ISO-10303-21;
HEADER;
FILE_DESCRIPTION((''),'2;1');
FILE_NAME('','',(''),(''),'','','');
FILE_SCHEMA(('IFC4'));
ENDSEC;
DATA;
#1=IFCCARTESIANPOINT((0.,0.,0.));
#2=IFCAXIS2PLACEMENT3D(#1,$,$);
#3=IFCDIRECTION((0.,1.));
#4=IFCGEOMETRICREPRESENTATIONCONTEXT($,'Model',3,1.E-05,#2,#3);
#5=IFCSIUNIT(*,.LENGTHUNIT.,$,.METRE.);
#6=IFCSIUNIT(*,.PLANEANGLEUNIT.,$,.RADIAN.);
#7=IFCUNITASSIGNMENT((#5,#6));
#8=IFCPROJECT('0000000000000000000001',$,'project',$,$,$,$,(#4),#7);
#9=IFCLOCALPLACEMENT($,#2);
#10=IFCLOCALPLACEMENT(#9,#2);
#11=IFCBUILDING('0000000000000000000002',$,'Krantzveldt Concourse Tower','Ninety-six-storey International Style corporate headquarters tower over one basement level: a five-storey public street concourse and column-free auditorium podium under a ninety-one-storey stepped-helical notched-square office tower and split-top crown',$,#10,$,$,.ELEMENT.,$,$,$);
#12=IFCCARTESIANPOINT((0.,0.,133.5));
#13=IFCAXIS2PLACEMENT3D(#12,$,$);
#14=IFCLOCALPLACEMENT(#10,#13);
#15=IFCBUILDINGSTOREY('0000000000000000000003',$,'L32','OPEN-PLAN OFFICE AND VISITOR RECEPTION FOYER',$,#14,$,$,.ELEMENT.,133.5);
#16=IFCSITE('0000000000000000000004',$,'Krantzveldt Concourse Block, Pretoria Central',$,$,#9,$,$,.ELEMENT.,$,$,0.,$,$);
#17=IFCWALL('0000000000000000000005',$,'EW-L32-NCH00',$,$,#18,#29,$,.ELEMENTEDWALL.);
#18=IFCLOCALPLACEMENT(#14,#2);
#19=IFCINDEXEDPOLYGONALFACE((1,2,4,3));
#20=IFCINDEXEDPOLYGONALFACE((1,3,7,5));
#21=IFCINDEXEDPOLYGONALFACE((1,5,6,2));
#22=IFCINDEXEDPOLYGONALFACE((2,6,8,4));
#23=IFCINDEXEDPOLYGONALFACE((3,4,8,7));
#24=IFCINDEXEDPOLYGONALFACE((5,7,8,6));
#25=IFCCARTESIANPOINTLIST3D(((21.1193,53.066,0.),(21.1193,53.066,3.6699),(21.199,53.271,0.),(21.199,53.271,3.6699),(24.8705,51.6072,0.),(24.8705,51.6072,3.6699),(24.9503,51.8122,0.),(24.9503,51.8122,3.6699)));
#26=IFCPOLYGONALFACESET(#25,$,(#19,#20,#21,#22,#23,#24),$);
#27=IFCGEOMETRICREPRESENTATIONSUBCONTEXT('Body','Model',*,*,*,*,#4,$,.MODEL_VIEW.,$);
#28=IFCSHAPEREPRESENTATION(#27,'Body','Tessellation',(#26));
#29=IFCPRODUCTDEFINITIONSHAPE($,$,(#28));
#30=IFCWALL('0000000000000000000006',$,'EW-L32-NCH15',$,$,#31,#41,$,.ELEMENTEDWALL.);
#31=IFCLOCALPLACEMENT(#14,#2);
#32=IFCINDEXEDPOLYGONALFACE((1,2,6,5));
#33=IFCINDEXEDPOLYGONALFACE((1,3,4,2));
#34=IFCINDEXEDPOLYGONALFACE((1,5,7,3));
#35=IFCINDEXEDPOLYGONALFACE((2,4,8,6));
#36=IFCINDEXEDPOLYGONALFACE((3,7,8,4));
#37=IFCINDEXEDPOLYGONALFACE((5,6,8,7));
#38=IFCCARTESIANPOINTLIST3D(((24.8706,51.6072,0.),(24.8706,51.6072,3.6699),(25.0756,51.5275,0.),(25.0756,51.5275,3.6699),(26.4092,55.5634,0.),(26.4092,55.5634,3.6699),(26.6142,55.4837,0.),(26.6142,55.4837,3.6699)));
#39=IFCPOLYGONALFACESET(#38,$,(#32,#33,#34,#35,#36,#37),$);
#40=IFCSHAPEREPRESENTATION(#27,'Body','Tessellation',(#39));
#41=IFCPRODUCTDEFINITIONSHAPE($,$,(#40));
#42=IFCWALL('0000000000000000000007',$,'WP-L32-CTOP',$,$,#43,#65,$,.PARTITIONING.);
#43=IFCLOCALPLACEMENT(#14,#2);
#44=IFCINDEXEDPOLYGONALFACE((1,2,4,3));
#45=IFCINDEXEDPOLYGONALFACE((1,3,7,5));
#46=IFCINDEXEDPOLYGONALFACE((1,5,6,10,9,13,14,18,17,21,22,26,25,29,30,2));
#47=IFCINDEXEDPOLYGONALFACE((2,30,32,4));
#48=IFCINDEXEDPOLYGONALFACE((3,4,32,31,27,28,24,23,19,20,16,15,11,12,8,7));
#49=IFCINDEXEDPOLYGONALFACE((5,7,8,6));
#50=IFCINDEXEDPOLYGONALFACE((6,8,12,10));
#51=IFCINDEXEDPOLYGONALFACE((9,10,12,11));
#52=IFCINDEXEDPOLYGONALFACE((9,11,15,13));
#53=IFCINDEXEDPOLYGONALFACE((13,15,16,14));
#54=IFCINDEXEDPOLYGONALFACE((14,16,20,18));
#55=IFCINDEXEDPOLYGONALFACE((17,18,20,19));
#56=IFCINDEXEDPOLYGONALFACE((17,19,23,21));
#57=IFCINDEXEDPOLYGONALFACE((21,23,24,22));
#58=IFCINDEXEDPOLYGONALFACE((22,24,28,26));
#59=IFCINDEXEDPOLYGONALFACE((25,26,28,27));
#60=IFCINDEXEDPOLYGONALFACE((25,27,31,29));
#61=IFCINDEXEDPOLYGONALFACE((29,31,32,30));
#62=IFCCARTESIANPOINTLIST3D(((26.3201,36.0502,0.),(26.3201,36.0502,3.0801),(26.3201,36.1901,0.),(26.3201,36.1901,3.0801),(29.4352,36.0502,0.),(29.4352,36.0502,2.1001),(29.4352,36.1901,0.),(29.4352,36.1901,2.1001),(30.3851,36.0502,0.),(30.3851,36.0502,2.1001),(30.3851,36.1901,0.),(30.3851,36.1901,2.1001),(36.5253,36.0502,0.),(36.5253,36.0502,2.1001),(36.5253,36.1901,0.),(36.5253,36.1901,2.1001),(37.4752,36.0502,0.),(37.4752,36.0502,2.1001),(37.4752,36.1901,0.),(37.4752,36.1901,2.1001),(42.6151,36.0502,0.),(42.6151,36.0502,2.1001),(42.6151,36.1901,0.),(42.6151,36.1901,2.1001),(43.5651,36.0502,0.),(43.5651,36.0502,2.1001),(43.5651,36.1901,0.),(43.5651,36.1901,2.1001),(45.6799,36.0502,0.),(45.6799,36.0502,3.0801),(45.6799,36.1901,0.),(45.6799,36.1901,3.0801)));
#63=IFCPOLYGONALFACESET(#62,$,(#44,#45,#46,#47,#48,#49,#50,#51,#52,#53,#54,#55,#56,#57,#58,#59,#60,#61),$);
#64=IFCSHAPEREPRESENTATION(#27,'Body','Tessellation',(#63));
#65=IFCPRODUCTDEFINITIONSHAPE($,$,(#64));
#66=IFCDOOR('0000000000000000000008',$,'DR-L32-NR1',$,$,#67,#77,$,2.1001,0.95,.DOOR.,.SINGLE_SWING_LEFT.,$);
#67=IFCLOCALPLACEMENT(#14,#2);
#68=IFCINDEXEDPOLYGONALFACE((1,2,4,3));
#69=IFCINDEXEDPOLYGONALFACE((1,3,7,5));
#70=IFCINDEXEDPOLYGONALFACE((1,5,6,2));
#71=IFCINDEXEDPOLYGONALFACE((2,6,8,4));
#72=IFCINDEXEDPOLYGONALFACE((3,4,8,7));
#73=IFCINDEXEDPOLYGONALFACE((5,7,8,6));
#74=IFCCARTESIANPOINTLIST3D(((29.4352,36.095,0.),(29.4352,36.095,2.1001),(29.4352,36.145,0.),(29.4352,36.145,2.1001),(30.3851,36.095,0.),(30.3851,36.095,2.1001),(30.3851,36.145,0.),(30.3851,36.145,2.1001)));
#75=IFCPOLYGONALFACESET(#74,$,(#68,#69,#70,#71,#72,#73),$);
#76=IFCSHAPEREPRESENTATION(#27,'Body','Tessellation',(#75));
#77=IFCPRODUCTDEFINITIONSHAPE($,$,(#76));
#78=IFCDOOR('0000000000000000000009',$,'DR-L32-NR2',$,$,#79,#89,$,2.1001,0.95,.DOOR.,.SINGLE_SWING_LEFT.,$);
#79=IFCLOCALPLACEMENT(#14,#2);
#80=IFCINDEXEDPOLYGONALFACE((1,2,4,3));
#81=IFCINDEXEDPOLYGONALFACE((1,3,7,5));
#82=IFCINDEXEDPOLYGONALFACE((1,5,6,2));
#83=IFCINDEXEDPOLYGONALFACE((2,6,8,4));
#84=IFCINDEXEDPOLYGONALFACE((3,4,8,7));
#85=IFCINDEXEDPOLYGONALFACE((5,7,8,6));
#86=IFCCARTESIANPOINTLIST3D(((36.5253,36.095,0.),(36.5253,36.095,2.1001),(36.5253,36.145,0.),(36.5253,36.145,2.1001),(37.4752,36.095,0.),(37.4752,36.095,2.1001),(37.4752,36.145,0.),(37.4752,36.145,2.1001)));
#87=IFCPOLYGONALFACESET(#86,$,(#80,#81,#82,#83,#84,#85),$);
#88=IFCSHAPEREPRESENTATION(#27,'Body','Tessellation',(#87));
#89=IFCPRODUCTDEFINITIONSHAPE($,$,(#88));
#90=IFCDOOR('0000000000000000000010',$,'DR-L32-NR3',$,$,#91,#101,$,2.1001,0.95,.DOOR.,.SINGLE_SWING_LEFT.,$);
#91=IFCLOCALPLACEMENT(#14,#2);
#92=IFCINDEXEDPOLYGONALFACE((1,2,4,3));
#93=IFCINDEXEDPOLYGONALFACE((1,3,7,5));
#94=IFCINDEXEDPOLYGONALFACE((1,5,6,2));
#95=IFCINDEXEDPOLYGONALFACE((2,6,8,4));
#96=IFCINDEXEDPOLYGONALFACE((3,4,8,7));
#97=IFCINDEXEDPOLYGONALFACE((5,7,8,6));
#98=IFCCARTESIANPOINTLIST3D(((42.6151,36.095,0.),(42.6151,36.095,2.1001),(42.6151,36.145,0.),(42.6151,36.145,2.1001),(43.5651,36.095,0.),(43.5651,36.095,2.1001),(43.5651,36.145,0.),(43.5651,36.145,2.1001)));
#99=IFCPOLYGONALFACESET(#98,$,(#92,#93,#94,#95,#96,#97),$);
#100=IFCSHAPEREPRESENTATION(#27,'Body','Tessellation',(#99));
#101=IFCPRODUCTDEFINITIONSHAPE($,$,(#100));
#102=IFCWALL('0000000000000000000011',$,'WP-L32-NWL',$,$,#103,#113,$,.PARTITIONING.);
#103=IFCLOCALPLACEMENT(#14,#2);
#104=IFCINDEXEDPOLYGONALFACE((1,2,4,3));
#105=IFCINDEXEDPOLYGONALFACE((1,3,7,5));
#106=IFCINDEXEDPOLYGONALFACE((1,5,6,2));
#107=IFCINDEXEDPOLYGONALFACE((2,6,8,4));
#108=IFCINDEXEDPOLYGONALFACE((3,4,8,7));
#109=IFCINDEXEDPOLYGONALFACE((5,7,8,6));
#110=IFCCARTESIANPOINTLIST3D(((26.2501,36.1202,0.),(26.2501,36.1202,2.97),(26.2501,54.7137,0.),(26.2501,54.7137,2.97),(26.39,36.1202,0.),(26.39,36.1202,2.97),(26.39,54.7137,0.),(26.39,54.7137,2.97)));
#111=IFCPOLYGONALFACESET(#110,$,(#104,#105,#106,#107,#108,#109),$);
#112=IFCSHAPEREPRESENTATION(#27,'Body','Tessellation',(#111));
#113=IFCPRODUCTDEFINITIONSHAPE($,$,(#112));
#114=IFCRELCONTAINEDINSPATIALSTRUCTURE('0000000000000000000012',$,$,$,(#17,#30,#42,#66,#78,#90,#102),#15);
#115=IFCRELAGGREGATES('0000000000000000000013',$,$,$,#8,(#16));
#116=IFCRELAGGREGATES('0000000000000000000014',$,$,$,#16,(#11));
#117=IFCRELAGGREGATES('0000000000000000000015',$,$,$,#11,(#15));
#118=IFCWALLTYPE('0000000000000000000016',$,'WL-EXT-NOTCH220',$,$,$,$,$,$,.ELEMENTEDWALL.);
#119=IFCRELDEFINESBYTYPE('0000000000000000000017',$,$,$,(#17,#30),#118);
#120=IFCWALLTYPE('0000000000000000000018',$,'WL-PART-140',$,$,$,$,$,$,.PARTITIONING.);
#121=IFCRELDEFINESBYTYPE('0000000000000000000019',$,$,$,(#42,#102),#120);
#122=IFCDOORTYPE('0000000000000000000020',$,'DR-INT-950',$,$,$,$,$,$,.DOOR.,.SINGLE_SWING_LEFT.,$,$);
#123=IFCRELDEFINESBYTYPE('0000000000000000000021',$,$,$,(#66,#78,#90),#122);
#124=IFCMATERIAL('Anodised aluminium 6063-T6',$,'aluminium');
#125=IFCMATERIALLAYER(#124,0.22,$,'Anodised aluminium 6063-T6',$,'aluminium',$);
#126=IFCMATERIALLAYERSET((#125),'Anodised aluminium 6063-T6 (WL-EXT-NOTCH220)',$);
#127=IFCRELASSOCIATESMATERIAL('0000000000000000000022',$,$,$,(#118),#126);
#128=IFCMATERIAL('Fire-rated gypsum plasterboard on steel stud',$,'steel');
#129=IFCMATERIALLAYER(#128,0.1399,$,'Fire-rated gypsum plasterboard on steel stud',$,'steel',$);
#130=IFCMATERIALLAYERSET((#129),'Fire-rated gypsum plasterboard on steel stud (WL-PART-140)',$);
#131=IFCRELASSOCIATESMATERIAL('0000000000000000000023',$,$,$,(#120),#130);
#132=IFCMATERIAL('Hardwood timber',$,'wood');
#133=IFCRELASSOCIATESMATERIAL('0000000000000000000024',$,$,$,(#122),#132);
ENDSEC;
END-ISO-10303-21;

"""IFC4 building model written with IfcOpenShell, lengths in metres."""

from ifc_helpers import new_model, si_unit, direction, frame, frame_2d, origin, place, context, subcontext, project, spatial, rectangle, extrude, material, layer, layer_set, type_object, element, fill, save


model = new_model("IFC4")

# Units and contexts
model_context = context("Model", 3, precision=1e-05, world=origin(), true_north=direction((0.0, 1.0)))
body_context = subcontext(model_context, "Body", "Model", "MODEL_VIEW")
ifc_project = project(units=[si_unit("LENGTHUNIT", "METRE"), si_unit("PLANEANGLEUNIT", "RADIAN")], contexts=[model_context])

# Site, building, storey
site_placement = place(None, origin())
site = spatial("IfcSite", under=ifc_project, at=site_placement, Name="Krantzveldt Concourse Block, Pretoria Central", CompositionType="ELEMENT", RefElevation=0.0)
building_placement = place(site_placement, origin())
building = spatial("IfcBuilding", under=site, at=building_placement, Name="Krantzveldt Concourse Tower", Description="Ninety-six-storey International Style corporate headquarters tower over one basement level: a five-storey public street concourse and column-free auditorium podium under a ninety-one-storey stepped-helical notched-square office tower and split-top crown", CompositionType="ELEMENT")
storey_placement = place(building_placement, frame((0.0, 0.0, 133.5)))
storey = spatial("IfcBuildingStorey", under=building, at=storey_placement, Name="L32", Description="OPEN-PLAN OFFICE AND VISITOR RECEPTION FOYER", CompositionType="ELEMENT", Elevation=133.5)

# Shared definitions
ifc_material_1 = material(Name="Anodised aluminium 6063-T6", Category="aluminium")

# Walls
ifc_layer_1 = layer(ifc_material_1, 0.22, Name="Anodised aluminium 6063-T6", Category="aluminium")
ifc_layer_set_1 = layer_set([ifc_layer_1], Name="Anodised aluminium 6063-T6 (WL-EXT-NOTCH220)")
wall_type_1 = type_object("IfcWallType", Name="WL-EXT-NOTCH220", PredefinedType="ELEMENTEDWALL", material=ifc_layer_set_1)
wall_1_placement = place(storey_placement, frame((24.9104, 51.7097, 0.0), z_axis=(0.0, 0.0, 1.0), x_axis=(-0.93201, 0.362432, 0.0)))
element("IfcWall", 1, at=wall_1_placement, inside=storey, type_object=wall_type_1, Name="EW-L32-NCH00", PredefinedType="ELEMENTEDWALL", context=body_context, shape_type="SweptSolid", body=[
    extrude(rectangle(XDim=4.0249, YDim=0.22, at=frame_2d((2.0125, 0.0))), origin(), (0.0, 0.0, 1.0), 3.6699),
])
wall_2_placement = place(storey_placement, frame((26.5117, 55.5237, 0.0), z_axis=(0.0, 0.0, 1.0), x_axis=(-0.362449, -0.932004, 0.0)))
element("IfcWall", 2, at=wall_2_placement, inside=storey, type_object=wall_type_1, Name="EW-L32-NCH15", PredefinedType="ELEMENTEDWALL", context=body_context, shape_type="SweptSolid", body=[
    extrude(rectangle(XDim=4.2449, YDim=0.22, at=frame_2d((2.1226, 0.0))), origin(), (0.0, 0.0, 1.0), 3.6699),
])

# Wall, openings, doors
ifc_material_2 = material(Name="Fire-rated gypsum plasterboard on steel stud", Category="steel")
ifc_layer_2 = layer(ifc_material_2, 0.1399, Name="Fire-rated gypsum plasterboard on steel stud", Category="steel")
ifc_layer_set_2 = layer_set([ifc_layer_2], Name="Fire-rated gypsum plasterboard on steel stud (WL-PART-140)")
wall_type_2 = type_object("IfcWallType", Name="WL-PART-140", PredefinedType="PARTITIONING", material=ifc_layer_set_2)
wall_3_placement = place(storey_placement, frame((26.3201, 36.1201, 0.0), z_axis=(0.0, 0.0, 1.0), x_axis=(1.0, 0.0, 0.0)))
wall_3 = element("IfcWall", 3, at=wall_3_placement, inside=storey, type_object=wall_type_2, Name="WP-L32-CTOP", PredefinedType="PARTITIONING", context=body_context, shape_type="SweptSolid", body=[
    extrude(rectangle(XDim=19.3599, YDim=0.1399, at=frame_2d((9.6799, 0.0))), origin(), (0.0, 0.0, 1.0), 3.0801),
])
opening_1_placement = place(wall_3_placement, frame((3.115, 0.0, 0.0)))
opening_1 = element("IfcOpeningElement", 4, at=opening_1_placement, cuts=wall_3, PredefinedType="OPENING", context=body_context, shape_type="SweptSolid", body=[
    extrude(rectangle(XDim=0.95, YDim=2.1001, at=frame_2d((0.4751, 1.05))), frame((0.0, 0.0801, 0.0), z_axis=(0.0, -1.0, 0.0), x_axis=(1.0, 0.0, 0.0)), (0.0, 0.0, 1.0), 0.1599),
])
opening_2_placement = place(wall_3_placement, frame((10.2051, 0.0, 0.0)))
opening_2 = element("IfcOpeningElement", 5, at=opening_2_placement, cuts=wall_3, PredefinedType="OPENING", context=body_context, shape_type="SweptSolid", body=[
    extrude(rectangle(XDim=0.95, YDim=2.1001, at=frame_2d((0.4751, 1.05))), frame((0.0, 0.0801, 0.0), z_axis=(0.0, -1.0, 0.0), x_axis=(1.0, 0.0, 0.0)), (0.0, 0.0, 1.0), 0.1599),
])
opening_3_placement = place(wall_3_placement, frame((16.2949, 0.0, 0.0)))
opening_3 = element("IfcOpeningElement", 6, at=opening_3_placement, cuts=wall_3, PredefinedType="OPENING", context=body_context, shape_type="SweptSolid", body=[
    extrude(rectangle(XDim=0.95, YDim=2.1001, at=frame_2d((0.4751, 1.05))), frame((0.0, 0.0801, 0.0), z_axis=(0.0, -1.0, 0.0), x_axis=(1.0, 0.0, 0.0)), (0.0, 0.0, 1.0), 0.1599),
])
ifc_material_3 = material(Name="Hardwood timber", Category="wood")
door_type = type_object("IfcDoorType", Name="DR-INT-950", OperationType="SINGLE_SWING_LEFT", PredefinedType="DOOR", material=ifc_material_3)
door_1_placement = place(opening_1_placement, origin())
door_1 = element("IfcDoor", 7, at=door_1_placement, inside=storey, type_object=door_type, Name="DR-L32-NR1", OperationType="SINGLE_SWING_LEFT", OverallHeight=2.1001, OverallWidth=0.95, PredefinedType="DOOR", context=body_context, shape_type="SweptSolid", body=[
    extrude(rectangle(XDim=0.95, YDim=2.1001, at=frame_2d((0.4751, 1.05))), frame((0.0, 0.0249, 0.0), z_axis=(0.0, -1.0, 0.0), x_axis=(1.0, 0.0, 0.0)), (0.0, 0.0, 1.0), 0.05),
])
fill(opening_1, door_1)
door_2_placement = place(opening_2_placement, origin())
door_2 = element("IfcDoor", 8, at=door_2_placement, inside=storey, type_object=door_type, Name="DR-L32-NR2", OperationType="SINGLE_SWING_LEFT", OverallHeight=2.1001, OverallWidth=0.95, PredefinedType="DOOR", context=body_context, shape_type="SweptSolid", body=[
    extrude(rectangle(XDim=0.95, YDim=2.1001, at=frame_2d((0.4751, 1.05))), frame((0.0, 0.0249, 0.0), z_axis=(0.0, -1.0, 0.0), x_axis=(1.0, 0.0, 0.0)), (0.0, 0.0, 1.0), 0.05),
])
fill(opening_2, door_2)
door_3_placement = place(opening_3_placement, origin())
door_3 = element("IfcDoor", 9, at=door_3_placement, inside=storey, type_object=door_type, Name="DR-L32-NR3", OperationType="SINGLE_SWING_LEFT", OverallHeight=2.1001, OverallWidth=0.95, PredefinedType="DOOR", context=body_context, shape_type="SweptSolid", body=[
    extrude(rectangle(XDim=0.95, YDim=2.1001, at=frame_2d((0.4751, 1.05))), frame((0.0, 0.0249, 0.0), z_axis=(0.0, -1.0, 0.0), x_axis=(1.0, 0.0, 0.0)), (0.0, 0.0, 1.0), 0.05),
])
fill(opening_3, door_3)

# Wall
wall_4_placement = place(storey_placement, frame((26.3201, 36.1201, 0.0), z_axis=(0.0, 0.0, 1.0), x_axis=(0.0, 1.0, 0.0)))
element("IfcWall", 10, at=wall_4_placement, inside=storey, type_object=wall_type_2, Name="WP-L32-NWL", PredefinedType="PARTITIONING", context=body_context, shape_type="SweptSolid", body=[
    extrude(rectangle(XDim=18.5935, YDim=0.1399, at=frame_2d((9.2969, 0.0))), origin(), (0.0, 0.0, 1.0), 2.97),
])

save(model, "model.ifc")
